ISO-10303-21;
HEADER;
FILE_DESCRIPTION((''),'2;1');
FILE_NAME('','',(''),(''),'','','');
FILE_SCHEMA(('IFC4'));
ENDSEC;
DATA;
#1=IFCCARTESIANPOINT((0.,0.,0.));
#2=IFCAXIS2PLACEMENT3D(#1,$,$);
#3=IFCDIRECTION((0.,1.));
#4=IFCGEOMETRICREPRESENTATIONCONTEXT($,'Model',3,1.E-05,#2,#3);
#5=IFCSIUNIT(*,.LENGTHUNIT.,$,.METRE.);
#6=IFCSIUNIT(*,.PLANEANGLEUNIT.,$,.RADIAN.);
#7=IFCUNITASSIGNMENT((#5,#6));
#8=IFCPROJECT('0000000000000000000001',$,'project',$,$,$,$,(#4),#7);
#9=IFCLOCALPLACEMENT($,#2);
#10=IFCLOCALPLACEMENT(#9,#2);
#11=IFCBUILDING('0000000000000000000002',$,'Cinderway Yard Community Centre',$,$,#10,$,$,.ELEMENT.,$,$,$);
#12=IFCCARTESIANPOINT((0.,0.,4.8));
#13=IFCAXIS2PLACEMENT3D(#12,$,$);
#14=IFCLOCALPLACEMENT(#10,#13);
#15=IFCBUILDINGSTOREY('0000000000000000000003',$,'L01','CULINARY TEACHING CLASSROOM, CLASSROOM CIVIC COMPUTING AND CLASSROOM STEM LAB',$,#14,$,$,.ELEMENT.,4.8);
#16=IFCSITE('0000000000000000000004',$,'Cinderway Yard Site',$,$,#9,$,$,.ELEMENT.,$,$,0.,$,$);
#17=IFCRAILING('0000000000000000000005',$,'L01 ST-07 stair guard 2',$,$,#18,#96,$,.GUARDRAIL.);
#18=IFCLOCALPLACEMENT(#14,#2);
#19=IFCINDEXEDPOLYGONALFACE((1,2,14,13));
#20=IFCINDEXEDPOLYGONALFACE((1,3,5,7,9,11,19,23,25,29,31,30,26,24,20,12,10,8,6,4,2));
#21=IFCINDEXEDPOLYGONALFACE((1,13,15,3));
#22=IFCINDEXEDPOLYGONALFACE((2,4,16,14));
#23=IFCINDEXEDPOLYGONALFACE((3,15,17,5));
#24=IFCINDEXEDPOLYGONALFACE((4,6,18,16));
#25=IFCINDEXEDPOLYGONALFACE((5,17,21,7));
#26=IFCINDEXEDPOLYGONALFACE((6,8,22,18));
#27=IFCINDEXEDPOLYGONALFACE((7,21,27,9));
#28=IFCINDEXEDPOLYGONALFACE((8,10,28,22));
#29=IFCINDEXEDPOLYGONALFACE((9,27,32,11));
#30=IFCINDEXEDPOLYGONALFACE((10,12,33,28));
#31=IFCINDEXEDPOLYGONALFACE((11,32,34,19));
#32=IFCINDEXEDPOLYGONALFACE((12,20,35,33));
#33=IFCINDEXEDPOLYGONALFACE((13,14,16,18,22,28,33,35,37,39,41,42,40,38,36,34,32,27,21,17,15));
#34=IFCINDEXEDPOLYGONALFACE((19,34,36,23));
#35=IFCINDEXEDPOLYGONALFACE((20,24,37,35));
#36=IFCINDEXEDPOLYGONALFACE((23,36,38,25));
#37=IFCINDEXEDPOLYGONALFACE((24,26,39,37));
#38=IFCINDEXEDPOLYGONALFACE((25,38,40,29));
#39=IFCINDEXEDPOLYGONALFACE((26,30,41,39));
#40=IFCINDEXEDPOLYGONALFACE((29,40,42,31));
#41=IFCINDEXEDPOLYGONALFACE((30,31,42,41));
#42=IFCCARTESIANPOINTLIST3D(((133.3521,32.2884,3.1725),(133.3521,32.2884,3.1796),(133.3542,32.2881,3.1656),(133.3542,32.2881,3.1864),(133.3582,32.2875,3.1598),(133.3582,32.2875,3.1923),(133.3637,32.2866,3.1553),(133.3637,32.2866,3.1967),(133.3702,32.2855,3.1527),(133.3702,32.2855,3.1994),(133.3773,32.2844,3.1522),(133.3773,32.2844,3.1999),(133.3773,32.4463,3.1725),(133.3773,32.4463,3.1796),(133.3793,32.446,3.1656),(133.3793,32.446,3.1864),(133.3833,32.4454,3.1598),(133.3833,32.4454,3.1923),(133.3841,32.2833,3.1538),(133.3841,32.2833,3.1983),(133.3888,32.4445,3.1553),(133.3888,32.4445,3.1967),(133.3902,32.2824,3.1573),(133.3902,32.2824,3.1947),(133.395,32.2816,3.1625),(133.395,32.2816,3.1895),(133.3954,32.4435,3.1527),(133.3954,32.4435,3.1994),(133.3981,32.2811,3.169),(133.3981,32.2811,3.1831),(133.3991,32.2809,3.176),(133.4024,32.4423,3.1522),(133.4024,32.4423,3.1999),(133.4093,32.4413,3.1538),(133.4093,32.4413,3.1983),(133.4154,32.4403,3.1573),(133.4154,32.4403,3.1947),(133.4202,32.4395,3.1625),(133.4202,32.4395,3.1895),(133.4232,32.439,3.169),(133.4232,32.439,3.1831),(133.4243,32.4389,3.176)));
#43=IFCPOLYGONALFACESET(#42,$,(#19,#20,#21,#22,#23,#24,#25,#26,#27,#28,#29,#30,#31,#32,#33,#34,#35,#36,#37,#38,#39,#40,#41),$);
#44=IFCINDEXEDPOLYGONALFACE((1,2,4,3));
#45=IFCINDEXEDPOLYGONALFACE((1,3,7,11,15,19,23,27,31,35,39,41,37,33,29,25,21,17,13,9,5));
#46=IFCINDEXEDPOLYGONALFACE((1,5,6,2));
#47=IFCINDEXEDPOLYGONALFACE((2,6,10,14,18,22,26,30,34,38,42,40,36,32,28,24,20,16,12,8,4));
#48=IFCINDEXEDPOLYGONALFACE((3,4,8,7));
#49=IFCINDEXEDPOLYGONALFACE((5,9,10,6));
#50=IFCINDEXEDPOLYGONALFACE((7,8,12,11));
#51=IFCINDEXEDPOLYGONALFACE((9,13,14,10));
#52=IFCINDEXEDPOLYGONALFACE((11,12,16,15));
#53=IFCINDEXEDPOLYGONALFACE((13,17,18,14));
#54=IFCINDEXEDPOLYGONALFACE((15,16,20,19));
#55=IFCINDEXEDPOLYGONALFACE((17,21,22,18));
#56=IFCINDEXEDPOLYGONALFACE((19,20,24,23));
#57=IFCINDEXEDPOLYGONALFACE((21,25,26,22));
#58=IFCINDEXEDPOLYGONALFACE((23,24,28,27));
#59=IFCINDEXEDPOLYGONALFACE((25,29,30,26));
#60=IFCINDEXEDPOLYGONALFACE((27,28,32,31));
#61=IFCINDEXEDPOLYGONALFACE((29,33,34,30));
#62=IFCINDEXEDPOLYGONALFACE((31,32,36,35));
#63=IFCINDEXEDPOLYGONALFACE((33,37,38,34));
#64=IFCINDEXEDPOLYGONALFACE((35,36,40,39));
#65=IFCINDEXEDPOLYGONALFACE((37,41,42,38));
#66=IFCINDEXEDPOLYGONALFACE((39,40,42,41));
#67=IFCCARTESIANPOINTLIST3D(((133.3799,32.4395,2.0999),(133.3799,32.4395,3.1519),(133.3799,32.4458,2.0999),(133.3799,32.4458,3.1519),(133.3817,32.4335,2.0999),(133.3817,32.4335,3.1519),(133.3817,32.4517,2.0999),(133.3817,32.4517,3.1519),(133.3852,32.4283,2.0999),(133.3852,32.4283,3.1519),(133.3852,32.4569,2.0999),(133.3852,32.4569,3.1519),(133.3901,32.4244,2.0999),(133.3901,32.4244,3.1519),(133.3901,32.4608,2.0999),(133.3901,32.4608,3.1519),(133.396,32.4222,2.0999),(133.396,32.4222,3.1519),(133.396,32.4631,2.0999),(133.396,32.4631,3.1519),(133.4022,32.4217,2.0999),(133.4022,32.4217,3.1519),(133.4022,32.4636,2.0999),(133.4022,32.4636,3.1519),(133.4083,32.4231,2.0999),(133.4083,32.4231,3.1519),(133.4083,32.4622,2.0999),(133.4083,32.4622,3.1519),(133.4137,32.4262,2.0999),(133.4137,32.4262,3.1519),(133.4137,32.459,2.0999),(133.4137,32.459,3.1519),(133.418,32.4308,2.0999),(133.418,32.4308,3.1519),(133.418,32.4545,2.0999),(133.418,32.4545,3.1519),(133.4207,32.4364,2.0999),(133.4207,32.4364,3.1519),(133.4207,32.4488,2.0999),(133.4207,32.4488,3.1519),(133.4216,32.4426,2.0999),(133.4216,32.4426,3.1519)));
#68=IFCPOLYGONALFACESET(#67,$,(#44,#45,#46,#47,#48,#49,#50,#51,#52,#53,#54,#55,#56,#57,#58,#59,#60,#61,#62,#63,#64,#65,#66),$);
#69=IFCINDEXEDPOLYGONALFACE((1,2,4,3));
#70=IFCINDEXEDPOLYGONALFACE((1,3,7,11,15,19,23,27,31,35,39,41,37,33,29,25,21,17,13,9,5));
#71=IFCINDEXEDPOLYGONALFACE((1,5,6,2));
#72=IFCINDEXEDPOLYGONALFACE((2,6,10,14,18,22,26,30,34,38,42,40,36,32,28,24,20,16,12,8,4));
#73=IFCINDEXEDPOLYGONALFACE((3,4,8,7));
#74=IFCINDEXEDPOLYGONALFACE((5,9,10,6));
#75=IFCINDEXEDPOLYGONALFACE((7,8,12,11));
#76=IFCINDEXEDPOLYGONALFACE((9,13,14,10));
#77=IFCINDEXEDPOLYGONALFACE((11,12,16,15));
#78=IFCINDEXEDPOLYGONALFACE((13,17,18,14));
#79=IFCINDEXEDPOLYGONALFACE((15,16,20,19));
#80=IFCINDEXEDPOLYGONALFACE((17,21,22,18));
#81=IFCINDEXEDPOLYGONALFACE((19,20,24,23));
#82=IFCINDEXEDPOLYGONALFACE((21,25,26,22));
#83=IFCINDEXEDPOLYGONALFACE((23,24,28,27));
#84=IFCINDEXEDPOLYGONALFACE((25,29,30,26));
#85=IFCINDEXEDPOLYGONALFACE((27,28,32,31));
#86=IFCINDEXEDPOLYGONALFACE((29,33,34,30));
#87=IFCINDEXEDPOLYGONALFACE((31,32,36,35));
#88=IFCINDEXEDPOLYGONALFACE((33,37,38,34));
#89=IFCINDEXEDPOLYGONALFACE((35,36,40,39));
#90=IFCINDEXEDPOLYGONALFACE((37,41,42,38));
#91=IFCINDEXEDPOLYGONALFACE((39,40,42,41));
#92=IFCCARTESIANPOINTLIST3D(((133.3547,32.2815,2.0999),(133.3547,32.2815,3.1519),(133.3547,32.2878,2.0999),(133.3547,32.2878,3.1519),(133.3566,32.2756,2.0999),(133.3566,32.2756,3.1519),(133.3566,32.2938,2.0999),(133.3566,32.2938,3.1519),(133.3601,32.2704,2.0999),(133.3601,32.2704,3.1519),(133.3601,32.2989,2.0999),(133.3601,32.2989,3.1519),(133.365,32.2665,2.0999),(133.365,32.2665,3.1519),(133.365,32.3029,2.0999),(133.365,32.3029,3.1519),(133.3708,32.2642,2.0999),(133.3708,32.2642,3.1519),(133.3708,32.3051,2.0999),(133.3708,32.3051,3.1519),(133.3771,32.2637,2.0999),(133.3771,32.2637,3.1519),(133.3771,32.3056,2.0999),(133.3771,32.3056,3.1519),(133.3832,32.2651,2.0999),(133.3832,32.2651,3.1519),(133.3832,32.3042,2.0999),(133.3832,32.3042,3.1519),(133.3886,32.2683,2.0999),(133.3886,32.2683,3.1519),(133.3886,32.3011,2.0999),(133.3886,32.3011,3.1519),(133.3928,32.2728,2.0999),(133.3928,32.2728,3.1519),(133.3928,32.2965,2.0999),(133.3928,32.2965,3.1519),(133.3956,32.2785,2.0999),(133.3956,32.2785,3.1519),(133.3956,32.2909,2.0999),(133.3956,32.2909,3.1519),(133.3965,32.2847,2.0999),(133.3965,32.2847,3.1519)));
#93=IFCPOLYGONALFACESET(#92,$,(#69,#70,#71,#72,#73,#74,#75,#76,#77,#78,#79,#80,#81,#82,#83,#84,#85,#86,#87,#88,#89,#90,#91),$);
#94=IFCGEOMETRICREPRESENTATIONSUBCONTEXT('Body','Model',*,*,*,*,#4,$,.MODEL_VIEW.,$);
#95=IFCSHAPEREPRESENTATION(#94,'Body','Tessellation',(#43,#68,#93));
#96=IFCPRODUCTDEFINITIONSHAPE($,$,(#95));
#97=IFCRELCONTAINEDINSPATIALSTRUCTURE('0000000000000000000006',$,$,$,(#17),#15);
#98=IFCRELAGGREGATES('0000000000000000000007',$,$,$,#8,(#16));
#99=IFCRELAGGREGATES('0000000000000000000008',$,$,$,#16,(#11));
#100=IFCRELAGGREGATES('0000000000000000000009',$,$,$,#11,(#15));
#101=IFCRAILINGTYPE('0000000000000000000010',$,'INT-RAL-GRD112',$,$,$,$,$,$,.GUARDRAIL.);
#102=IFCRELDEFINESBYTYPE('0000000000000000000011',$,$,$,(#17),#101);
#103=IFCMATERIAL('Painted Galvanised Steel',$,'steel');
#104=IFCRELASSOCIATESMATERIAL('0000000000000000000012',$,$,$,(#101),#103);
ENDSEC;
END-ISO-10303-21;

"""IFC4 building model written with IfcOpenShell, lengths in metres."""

from ifc_helpers import new_model, si_unit, direction, frame, origin, origin_2d, place, context, subcontext, project, spatial, circle, extrude, material, type_object, element, save


model = new_model("IFC4")

# Units and contexts
model_context = context("Model", 3, precision=1e-05, world=origin(), true_north=direction((0.0, 1.0)))
body_context = subcontext(model_context, "Body", "Model", "MODEL_VIEW")
ifc_project = project(units=[si_unit("LENGTHUNIT", "METRE"), si_unit("PLANEANGLEUNIT", "RADIAN")], contexts=[model_context])

# Site, building, storey
site_placement = place(None, origin())
site = spatial("IfcSite", under=ifc_project, at=site_placement, Name="Cinderway Yard Site", CompositionType="ELEMENT", RefElevation=0.0)
building_placement = place(site_placement, origin())
building = spatial("IfcBuilding", under=site, at=building_placement, Name="Cinderway Yard Community Centre", CompositionType="ELEMENT")
storey_placement = place(building_placement, frame((0.0, 0.0, 4.8)))
storey = spatial("IfcBuildingStorey", under=building, at=storey_placement, Name="L01", Description="CULINARY TEACHING CLASSROOM, CLASSROOM CIVIC COMPUTING AND CLASSROOM STEM LAB", CompositionType="ELEMENT", Elevation=4.8)

# Shared definitions
ifc_material_1 = material(Name="Painted Galvanised Steel", Category="steel")

# Railing
railing_type_1 = type_object("IfcRailingType", Name="INT-RAL-GRD112", PredefinedType="GUARDRAIL", material=ifc_material_1)
railing_1_placement = place(storey_placement, frame((133.4006, 32.4426, 2.0999)))
element("IfcRailing", 1, at=railing_1_placement, inside=storey, type_object=railing_type_1, Name="L01 ST-07 stair guard 2", PredefinedType="GUARDRAIL", context=body_context, shape_type="SweptSolid", body=[
    extrude(circle(Radius=0.0239, at=origin_2d()), frame((0.0, 0.0, 1.0762), z_axis=(-0.157217, -0.987564, 0.0), x_axis=(0.987564, -0.157217, 0.0)), (0.0, 0.0, 1.0), 0.1599),
    extrude(circle(Radius=0.021, at=origin_2d()), origin(), (0.0, 0.0, 1.0), 1.052),
    extrude(circle(Radius=0.021, at=origin_2d()), frame((-0.0251, -0.158, 0.0)), (0.0, 0.0, 1.0), 1.052),
])

save(model, "model.ifc")
